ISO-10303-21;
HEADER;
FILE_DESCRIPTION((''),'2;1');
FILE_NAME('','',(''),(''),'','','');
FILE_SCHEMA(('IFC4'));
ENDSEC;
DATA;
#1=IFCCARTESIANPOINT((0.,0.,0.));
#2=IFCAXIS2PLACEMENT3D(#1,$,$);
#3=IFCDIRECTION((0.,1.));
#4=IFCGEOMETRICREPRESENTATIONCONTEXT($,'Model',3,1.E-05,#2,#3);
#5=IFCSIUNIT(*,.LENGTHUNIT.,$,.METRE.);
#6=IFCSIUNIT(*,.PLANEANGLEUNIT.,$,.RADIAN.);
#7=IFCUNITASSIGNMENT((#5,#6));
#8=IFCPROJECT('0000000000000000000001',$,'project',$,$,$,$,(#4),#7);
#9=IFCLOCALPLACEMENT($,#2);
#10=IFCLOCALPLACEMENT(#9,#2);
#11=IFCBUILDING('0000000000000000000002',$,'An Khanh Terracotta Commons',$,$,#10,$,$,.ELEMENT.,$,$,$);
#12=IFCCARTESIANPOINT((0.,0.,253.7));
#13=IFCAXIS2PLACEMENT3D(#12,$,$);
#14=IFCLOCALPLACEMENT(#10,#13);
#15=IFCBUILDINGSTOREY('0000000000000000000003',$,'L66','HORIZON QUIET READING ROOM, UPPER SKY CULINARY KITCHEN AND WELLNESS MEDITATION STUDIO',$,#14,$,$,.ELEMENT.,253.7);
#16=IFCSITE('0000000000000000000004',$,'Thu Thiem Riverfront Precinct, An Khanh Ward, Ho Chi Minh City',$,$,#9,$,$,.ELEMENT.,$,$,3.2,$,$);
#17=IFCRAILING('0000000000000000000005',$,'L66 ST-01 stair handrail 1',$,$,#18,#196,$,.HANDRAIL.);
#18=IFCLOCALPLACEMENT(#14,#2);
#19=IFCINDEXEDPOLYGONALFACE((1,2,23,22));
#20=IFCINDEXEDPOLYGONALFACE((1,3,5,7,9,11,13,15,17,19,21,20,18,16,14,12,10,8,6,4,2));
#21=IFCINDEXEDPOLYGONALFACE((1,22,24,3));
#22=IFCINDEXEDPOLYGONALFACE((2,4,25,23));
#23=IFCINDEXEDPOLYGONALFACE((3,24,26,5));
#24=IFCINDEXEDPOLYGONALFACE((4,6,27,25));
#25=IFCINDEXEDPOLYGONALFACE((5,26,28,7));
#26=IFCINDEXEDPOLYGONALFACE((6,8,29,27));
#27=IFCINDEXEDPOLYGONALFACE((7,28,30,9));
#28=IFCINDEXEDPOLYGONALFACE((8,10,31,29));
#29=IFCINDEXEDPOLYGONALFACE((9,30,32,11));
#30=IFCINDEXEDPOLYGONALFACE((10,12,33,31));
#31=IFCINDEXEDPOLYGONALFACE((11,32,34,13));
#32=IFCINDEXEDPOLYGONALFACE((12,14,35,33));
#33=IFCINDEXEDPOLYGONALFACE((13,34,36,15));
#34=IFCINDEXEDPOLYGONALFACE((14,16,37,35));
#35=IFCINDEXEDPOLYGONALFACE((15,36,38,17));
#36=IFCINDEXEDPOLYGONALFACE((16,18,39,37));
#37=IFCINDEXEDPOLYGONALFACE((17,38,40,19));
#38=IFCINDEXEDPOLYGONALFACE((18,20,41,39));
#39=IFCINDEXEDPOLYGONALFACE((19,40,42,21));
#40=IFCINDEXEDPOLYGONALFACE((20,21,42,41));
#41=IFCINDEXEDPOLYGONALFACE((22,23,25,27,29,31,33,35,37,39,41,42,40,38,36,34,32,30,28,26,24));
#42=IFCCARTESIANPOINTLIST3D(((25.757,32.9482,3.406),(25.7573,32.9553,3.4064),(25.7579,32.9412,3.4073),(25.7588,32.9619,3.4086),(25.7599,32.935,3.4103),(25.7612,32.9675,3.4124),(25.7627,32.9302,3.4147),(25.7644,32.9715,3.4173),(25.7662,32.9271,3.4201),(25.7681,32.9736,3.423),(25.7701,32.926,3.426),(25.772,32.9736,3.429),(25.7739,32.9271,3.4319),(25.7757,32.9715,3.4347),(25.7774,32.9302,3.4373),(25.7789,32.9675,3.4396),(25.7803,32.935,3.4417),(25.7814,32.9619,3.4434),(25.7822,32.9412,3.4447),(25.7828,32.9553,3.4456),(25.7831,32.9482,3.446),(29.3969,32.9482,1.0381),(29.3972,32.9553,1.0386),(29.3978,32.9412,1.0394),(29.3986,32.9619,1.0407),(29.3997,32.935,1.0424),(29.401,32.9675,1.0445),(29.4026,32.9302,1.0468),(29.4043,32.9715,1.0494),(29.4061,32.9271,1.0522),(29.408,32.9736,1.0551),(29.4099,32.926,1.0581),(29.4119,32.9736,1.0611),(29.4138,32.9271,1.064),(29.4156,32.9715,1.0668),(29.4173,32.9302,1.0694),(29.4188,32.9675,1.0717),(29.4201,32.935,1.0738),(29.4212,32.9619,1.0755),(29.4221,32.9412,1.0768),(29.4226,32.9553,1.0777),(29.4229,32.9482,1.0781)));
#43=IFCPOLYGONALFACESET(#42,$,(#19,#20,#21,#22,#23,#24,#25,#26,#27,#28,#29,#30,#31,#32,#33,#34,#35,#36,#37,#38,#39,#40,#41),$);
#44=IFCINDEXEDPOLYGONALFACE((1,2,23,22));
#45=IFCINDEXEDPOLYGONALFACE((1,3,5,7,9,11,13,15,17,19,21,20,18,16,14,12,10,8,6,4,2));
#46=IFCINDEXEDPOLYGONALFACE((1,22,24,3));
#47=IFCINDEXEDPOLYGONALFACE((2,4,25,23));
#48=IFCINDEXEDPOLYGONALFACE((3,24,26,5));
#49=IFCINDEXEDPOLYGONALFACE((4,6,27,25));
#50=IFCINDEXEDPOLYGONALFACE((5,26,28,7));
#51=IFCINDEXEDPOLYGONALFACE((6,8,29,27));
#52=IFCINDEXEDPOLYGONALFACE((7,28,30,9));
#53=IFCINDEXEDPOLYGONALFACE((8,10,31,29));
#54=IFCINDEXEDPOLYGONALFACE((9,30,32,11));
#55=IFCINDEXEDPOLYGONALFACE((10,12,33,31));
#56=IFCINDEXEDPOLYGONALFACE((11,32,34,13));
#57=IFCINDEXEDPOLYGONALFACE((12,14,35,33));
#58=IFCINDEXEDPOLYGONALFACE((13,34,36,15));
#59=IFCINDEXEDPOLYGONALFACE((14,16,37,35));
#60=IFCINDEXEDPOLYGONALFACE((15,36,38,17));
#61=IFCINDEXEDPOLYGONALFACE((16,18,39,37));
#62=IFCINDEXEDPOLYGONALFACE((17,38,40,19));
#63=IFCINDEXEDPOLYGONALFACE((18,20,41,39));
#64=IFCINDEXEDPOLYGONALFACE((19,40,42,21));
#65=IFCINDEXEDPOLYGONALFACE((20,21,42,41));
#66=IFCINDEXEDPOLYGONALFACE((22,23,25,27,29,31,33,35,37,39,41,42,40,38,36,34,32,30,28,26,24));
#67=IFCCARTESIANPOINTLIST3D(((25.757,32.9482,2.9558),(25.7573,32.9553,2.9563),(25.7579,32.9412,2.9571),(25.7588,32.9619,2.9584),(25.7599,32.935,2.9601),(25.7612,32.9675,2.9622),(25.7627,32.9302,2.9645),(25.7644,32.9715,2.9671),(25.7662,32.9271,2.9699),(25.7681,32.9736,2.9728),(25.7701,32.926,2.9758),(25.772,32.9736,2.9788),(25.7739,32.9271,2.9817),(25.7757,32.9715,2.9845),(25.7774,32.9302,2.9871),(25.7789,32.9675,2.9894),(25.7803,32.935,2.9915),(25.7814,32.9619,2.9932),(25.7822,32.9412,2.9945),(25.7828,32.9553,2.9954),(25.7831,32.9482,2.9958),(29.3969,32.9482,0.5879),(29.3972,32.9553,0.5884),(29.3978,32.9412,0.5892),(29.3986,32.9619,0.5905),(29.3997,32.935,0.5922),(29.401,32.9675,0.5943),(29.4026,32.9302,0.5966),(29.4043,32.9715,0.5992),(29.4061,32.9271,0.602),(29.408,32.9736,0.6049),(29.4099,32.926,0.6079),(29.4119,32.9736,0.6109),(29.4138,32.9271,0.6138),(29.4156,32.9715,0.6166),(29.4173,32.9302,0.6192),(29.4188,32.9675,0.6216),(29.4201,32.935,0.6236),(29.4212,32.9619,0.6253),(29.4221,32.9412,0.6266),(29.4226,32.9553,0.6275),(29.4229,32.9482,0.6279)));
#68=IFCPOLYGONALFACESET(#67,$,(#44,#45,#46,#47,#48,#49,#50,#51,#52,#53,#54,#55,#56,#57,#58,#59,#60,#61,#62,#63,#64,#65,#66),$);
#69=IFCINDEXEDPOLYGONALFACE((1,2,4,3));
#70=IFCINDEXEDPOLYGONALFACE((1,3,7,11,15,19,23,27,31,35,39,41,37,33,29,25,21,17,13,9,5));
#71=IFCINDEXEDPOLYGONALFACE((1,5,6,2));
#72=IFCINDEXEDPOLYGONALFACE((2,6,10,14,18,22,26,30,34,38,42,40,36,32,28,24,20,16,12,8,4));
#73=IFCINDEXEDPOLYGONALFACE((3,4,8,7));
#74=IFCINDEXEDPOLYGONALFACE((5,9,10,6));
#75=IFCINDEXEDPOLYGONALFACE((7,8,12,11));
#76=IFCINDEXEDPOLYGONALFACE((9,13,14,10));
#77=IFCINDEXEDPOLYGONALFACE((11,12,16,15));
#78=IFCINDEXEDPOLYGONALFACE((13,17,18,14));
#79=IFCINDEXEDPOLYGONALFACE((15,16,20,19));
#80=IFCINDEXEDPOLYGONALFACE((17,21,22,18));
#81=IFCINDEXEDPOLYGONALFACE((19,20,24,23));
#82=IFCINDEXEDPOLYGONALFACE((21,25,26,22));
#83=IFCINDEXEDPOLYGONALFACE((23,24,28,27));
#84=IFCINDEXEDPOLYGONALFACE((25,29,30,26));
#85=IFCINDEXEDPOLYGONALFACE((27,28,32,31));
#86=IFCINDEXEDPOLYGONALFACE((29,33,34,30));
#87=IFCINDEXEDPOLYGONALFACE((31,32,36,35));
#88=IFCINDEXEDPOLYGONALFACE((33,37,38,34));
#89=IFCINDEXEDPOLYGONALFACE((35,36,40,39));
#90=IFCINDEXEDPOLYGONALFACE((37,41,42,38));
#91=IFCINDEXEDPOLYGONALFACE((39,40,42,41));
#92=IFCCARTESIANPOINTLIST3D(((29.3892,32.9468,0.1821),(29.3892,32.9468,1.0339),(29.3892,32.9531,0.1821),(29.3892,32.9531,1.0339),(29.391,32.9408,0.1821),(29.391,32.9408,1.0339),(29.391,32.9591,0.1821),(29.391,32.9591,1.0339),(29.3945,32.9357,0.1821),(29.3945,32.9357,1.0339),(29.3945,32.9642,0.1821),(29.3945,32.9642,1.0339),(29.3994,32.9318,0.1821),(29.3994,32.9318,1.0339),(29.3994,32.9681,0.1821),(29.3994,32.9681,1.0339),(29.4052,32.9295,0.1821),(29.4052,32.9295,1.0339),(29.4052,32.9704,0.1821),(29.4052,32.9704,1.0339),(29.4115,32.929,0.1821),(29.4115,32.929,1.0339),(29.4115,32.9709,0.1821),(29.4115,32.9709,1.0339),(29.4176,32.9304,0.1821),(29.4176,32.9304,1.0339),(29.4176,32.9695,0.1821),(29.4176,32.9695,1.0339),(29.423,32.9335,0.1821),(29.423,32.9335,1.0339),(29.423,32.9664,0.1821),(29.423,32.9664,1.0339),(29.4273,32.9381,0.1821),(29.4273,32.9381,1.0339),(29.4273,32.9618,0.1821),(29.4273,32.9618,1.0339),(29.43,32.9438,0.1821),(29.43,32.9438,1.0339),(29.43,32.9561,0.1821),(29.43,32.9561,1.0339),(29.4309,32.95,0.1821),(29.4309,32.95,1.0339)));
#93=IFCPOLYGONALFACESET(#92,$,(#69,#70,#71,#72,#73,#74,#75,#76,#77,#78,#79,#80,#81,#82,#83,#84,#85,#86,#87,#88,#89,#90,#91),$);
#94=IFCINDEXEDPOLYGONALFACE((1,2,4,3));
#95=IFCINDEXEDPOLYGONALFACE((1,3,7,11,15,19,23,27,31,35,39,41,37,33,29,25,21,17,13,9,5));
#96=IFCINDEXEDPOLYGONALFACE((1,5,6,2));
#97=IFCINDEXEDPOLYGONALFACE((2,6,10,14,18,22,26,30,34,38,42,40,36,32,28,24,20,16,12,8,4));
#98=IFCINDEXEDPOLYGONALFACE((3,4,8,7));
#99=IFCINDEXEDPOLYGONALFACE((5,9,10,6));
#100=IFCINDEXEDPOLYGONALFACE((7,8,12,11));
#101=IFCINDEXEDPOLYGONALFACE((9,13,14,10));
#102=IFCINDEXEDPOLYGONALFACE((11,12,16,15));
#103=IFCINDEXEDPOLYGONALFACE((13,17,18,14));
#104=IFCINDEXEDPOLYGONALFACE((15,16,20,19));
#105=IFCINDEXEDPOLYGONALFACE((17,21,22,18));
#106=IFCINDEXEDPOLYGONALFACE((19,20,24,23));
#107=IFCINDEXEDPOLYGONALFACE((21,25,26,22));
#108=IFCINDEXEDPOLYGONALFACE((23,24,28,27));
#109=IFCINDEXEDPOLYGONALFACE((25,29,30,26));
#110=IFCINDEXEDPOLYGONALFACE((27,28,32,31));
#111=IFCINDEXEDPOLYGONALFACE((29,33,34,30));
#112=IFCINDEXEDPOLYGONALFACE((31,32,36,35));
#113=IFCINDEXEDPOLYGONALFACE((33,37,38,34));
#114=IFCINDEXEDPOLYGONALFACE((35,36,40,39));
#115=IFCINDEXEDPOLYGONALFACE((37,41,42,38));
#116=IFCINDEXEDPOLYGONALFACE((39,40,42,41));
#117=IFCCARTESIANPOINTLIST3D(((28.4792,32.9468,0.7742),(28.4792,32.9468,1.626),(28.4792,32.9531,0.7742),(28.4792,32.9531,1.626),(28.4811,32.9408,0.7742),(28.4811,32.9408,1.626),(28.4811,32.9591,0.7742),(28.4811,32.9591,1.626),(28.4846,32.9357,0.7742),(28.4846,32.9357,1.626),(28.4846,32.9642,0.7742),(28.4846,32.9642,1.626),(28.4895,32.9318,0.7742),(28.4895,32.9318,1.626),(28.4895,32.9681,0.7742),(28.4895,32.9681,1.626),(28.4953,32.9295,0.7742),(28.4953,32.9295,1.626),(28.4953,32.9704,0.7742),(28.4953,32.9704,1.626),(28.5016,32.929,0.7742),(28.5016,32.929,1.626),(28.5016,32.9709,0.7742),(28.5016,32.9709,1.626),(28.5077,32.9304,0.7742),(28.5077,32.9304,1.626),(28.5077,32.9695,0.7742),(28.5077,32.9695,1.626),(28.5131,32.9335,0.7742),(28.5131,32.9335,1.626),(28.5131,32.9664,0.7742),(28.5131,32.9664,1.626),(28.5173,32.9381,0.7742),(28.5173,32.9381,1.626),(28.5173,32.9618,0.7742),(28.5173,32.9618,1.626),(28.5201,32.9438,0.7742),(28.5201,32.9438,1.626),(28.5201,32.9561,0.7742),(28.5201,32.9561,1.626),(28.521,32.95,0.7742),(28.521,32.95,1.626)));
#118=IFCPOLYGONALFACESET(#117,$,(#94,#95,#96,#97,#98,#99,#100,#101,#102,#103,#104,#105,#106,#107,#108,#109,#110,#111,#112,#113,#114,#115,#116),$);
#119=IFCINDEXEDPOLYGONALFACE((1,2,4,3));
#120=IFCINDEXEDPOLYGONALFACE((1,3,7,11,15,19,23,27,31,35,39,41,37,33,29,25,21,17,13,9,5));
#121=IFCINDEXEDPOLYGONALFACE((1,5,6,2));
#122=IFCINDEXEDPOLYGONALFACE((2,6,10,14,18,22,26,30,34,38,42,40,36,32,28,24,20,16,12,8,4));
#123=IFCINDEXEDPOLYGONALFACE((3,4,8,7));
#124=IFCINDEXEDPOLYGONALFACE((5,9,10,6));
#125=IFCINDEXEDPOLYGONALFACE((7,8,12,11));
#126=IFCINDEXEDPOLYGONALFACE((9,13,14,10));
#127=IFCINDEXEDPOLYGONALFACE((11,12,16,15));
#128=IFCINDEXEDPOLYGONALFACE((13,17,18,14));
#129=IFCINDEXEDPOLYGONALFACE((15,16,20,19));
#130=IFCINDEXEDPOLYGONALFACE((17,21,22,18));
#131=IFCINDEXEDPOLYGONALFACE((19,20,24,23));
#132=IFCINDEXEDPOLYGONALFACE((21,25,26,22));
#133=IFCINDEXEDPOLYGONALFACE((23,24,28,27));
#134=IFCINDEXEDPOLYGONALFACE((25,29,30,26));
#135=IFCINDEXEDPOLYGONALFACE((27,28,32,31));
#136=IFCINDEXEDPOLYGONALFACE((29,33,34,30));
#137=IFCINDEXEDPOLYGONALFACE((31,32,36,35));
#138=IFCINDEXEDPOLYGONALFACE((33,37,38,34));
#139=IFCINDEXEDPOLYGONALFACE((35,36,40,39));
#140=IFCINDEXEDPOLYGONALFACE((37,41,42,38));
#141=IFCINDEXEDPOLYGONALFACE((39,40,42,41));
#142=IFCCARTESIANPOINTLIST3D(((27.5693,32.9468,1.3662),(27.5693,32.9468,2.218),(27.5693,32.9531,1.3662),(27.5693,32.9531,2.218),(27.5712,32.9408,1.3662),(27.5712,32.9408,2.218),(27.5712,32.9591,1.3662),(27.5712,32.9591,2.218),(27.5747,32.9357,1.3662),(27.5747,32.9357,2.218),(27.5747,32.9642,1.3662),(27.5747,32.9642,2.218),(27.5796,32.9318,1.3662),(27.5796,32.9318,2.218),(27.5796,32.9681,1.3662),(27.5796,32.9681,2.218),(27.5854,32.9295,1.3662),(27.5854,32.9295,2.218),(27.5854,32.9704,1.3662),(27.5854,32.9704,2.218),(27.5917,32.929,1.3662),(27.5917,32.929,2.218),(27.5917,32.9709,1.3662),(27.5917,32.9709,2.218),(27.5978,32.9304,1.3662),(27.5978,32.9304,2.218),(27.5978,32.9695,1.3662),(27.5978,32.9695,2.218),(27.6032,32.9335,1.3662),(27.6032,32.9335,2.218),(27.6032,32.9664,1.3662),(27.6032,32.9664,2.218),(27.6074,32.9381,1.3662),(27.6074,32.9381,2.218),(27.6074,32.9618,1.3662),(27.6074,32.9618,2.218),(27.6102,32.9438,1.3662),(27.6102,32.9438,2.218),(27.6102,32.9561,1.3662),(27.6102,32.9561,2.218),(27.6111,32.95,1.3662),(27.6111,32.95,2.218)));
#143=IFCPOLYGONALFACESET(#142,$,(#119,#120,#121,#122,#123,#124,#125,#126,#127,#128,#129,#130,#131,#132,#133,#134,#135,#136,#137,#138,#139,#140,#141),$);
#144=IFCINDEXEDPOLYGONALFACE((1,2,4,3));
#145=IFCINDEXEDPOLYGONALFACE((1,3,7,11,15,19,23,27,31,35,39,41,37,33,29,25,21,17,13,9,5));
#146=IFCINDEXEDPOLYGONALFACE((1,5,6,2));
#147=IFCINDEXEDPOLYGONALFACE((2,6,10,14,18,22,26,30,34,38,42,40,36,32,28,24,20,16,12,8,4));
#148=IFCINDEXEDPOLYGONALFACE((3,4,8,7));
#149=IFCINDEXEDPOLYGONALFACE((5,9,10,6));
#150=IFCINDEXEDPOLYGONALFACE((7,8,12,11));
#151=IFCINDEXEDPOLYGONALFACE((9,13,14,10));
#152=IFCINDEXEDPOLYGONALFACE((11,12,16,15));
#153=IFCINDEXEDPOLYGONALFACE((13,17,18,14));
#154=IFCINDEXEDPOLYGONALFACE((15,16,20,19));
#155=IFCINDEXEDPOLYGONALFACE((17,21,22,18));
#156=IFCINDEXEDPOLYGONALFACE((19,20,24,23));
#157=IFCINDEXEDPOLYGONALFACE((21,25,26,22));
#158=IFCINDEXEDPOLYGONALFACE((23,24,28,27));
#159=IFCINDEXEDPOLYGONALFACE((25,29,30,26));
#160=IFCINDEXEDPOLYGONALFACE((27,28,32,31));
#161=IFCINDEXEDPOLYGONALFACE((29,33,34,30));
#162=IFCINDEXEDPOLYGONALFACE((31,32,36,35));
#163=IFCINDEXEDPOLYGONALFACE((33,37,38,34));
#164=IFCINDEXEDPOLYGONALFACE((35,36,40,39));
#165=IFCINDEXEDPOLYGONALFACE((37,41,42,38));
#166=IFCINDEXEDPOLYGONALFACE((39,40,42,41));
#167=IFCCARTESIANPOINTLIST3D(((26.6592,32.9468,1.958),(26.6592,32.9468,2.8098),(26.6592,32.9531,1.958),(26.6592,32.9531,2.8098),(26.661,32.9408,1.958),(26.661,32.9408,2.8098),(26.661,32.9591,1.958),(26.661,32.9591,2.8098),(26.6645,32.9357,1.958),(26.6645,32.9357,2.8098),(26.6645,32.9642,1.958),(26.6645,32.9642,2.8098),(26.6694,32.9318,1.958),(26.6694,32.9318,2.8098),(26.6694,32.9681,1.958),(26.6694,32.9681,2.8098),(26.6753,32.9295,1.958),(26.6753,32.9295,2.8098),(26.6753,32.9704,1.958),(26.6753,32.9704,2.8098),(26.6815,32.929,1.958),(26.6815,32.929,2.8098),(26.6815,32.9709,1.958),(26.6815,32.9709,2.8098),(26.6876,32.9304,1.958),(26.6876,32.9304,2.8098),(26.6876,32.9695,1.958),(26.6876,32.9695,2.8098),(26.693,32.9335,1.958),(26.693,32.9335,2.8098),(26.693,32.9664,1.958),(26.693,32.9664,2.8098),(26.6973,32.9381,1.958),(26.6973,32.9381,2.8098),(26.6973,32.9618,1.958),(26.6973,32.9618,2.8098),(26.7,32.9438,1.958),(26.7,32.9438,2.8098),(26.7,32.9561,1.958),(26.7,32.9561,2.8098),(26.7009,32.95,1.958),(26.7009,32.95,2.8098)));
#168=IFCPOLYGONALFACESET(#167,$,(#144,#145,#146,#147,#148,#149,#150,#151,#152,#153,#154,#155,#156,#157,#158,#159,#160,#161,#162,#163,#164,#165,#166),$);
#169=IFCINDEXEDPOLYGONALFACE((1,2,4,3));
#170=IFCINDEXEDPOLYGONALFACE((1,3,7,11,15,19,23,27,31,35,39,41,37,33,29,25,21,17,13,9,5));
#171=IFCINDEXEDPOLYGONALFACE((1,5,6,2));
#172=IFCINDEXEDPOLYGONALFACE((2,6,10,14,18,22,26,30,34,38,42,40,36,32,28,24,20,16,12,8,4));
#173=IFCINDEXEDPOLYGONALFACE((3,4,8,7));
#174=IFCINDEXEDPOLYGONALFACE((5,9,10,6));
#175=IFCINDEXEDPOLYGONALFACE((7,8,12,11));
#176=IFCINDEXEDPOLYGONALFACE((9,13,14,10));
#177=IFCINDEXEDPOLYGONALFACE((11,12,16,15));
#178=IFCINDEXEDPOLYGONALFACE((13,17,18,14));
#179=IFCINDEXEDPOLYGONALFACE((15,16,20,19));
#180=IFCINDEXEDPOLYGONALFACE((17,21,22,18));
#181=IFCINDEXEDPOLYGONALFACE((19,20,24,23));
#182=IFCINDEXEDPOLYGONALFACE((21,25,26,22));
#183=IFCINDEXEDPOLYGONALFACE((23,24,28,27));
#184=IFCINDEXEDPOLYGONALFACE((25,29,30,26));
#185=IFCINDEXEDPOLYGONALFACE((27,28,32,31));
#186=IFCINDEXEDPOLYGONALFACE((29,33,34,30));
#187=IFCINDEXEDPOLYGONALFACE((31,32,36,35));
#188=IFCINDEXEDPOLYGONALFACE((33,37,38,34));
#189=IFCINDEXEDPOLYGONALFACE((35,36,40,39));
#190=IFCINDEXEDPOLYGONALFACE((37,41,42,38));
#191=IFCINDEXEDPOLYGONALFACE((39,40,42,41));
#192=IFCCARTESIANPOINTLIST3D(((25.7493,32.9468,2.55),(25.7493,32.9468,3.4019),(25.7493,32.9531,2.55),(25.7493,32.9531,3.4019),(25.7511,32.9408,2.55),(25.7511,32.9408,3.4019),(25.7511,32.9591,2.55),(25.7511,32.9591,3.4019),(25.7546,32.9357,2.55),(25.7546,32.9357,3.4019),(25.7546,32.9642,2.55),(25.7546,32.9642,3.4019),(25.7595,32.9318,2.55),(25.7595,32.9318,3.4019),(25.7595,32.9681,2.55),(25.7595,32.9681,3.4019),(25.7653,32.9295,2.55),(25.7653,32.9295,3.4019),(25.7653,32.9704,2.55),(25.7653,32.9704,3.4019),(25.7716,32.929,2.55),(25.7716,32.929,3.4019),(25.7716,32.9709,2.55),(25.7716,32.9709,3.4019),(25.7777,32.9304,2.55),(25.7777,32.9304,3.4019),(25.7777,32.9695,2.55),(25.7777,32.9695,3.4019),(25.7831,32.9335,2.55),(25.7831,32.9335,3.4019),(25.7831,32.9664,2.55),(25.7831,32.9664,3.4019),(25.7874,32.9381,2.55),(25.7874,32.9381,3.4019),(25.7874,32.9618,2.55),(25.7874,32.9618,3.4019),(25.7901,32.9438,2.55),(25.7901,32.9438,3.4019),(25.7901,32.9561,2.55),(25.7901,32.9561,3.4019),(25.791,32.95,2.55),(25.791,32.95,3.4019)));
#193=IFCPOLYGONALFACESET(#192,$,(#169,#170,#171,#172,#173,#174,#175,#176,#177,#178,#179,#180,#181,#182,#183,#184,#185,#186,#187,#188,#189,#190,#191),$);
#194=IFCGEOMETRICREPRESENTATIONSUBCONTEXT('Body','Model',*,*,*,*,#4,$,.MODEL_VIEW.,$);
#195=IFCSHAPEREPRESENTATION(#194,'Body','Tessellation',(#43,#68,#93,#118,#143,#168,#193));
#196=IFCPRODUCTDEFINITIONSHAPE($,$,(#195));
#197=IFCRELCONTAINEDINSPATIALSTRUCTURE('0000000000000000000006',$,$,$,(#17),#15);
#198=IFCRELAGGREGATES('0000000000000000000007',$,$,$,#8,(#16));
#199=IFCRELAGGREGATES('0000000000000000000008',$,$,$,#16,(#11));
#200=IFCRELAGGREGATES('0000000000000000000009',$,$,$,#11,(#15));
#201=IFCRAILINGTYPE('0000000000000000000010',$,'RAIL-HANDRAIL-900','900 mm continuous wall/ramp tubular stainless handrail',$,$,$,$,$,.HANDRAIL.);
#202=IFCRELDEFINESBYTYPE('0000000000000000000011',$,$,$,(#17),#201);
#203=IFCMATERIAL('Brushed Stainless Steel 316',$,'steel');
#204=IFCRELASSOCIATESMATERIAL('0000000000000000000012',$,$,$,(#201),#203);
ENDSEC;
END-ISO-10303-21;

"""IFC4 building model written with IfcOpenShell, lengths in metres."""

from ifc_helpers import new_model, si_unit, direction, frame, origin, origin_2d, place, context, subcontext, project, spatial, circle, extrude, material, type_object, element, save


model = new_model("IFC4")

# Units and contexts
model_context = context("Model", 3, precision=1e-05, world=origin(), true_north=direction((0.0, 1.0)))
body_context = subcontext(model_context, "Body", "Model", "MODEL_VIEW")
ifc_project = project(units=[si_unit("LENGTHUNIT", "METRE"), si_unit("PLANEANGLEUNIT", "RADIAN")], contexts=[model_context])

# Site, building, storey
site_placement = place(None, origin())
site = spatial("IfcSite", under=ifc_project, at=site_placement, Name="Thu Thiem Riverfront Precinct, An Khanh Ward, Ho Chi Minh City", CompositionType="ELEMENT", RefElevation=3.2)
building_placement = place(site_placement, origin())
building = spatial("IfcBuilding", under=site, at=building_placement, Name="An Khanh Terracotta Commons", CompositionType="ELEMENT")
storey_placement = place(building_placement, frame((0.0, 0.0, 253.7)))
storey = spatial("IfcBuildingStorey", under=building, at=storey_placement, Name="L66", Description="HORIZON QUIET READING ROOM, UPPER SKY CULINARY KITCHEN AND WELLNESS MEDITATION STUDIO", CompositionType="ELEMENT", Elevation=253.7)

# Railing
ifc_material_1 = material(Name="Brushed Stainless Steel 316", Category="steel")
railing_type_1 = type_object("IfcRailingType", Name="RAIL-HANDRAIL-900", Description="900 mm continuous wall/ramp tubular stainless handrail", PredefinedType="HANDRAIL", material=ifc_material_1)
railing_1_placement = place(storey_placement, frame((29.4099, 32.95, 0.1821)))
element("IfcRailing", 1, at=railing_1_placement, inside=storey, type_object=railing_type_1, Name="L66 ST-01 stair handrail 1", PredefinedType="HANDRAIL", context=body_context, shape_type="SweptSolid", body=[
    extrude(circle(Radius=0.0239, at=origin_2d()), frame((0.0, 0.0, 0.876), z_axis=(-0.838234, 0.0, 0.54531), x_axis=(0.0, -1.0, 0.0)), (0.0, 0.0, 1.0), 4.3423),
    extrude(circle(Radius=0.0239, at=origin_2d()), frame((0.0, 0.0, 0.4258), z_axis=(-0.838234, 0.0, 0.54531), x_axis=(0.0, -1.0, 0.0)), (0.0, 0.0, 1.0), 4.3423),
    extrude(circle(Radius=0.021, at=origin_2d()), origin(), (0.0, 0.0, 1.0), 0.8518),
    extrude(circle(Radius=0.021, at=origin_2d()), frame((-0.9099, 0.0, 0.592)), (0.0, 0.0, 1.0), 0.8518),
    extrude(circle(Radius=0.021, at=origin_2d()), frame((-1.8198, 0.0, 1.1841)), (0.0, 0.0, 1.0), 0.8518),
    extrude(circle(Radius=0.021, at=origin_2d()), frame((-2.73, 0.0, 1.7759)), (0.0, 0.0, 1.0), 0.8518),
    extrude(circle(Radius=0.021, at=origin_2d()), frame((-3.6399, 0.0, 2.3679)), (0.0, 0.0, 1.0), 0.8518),
])

save(model, "model.ifc")
